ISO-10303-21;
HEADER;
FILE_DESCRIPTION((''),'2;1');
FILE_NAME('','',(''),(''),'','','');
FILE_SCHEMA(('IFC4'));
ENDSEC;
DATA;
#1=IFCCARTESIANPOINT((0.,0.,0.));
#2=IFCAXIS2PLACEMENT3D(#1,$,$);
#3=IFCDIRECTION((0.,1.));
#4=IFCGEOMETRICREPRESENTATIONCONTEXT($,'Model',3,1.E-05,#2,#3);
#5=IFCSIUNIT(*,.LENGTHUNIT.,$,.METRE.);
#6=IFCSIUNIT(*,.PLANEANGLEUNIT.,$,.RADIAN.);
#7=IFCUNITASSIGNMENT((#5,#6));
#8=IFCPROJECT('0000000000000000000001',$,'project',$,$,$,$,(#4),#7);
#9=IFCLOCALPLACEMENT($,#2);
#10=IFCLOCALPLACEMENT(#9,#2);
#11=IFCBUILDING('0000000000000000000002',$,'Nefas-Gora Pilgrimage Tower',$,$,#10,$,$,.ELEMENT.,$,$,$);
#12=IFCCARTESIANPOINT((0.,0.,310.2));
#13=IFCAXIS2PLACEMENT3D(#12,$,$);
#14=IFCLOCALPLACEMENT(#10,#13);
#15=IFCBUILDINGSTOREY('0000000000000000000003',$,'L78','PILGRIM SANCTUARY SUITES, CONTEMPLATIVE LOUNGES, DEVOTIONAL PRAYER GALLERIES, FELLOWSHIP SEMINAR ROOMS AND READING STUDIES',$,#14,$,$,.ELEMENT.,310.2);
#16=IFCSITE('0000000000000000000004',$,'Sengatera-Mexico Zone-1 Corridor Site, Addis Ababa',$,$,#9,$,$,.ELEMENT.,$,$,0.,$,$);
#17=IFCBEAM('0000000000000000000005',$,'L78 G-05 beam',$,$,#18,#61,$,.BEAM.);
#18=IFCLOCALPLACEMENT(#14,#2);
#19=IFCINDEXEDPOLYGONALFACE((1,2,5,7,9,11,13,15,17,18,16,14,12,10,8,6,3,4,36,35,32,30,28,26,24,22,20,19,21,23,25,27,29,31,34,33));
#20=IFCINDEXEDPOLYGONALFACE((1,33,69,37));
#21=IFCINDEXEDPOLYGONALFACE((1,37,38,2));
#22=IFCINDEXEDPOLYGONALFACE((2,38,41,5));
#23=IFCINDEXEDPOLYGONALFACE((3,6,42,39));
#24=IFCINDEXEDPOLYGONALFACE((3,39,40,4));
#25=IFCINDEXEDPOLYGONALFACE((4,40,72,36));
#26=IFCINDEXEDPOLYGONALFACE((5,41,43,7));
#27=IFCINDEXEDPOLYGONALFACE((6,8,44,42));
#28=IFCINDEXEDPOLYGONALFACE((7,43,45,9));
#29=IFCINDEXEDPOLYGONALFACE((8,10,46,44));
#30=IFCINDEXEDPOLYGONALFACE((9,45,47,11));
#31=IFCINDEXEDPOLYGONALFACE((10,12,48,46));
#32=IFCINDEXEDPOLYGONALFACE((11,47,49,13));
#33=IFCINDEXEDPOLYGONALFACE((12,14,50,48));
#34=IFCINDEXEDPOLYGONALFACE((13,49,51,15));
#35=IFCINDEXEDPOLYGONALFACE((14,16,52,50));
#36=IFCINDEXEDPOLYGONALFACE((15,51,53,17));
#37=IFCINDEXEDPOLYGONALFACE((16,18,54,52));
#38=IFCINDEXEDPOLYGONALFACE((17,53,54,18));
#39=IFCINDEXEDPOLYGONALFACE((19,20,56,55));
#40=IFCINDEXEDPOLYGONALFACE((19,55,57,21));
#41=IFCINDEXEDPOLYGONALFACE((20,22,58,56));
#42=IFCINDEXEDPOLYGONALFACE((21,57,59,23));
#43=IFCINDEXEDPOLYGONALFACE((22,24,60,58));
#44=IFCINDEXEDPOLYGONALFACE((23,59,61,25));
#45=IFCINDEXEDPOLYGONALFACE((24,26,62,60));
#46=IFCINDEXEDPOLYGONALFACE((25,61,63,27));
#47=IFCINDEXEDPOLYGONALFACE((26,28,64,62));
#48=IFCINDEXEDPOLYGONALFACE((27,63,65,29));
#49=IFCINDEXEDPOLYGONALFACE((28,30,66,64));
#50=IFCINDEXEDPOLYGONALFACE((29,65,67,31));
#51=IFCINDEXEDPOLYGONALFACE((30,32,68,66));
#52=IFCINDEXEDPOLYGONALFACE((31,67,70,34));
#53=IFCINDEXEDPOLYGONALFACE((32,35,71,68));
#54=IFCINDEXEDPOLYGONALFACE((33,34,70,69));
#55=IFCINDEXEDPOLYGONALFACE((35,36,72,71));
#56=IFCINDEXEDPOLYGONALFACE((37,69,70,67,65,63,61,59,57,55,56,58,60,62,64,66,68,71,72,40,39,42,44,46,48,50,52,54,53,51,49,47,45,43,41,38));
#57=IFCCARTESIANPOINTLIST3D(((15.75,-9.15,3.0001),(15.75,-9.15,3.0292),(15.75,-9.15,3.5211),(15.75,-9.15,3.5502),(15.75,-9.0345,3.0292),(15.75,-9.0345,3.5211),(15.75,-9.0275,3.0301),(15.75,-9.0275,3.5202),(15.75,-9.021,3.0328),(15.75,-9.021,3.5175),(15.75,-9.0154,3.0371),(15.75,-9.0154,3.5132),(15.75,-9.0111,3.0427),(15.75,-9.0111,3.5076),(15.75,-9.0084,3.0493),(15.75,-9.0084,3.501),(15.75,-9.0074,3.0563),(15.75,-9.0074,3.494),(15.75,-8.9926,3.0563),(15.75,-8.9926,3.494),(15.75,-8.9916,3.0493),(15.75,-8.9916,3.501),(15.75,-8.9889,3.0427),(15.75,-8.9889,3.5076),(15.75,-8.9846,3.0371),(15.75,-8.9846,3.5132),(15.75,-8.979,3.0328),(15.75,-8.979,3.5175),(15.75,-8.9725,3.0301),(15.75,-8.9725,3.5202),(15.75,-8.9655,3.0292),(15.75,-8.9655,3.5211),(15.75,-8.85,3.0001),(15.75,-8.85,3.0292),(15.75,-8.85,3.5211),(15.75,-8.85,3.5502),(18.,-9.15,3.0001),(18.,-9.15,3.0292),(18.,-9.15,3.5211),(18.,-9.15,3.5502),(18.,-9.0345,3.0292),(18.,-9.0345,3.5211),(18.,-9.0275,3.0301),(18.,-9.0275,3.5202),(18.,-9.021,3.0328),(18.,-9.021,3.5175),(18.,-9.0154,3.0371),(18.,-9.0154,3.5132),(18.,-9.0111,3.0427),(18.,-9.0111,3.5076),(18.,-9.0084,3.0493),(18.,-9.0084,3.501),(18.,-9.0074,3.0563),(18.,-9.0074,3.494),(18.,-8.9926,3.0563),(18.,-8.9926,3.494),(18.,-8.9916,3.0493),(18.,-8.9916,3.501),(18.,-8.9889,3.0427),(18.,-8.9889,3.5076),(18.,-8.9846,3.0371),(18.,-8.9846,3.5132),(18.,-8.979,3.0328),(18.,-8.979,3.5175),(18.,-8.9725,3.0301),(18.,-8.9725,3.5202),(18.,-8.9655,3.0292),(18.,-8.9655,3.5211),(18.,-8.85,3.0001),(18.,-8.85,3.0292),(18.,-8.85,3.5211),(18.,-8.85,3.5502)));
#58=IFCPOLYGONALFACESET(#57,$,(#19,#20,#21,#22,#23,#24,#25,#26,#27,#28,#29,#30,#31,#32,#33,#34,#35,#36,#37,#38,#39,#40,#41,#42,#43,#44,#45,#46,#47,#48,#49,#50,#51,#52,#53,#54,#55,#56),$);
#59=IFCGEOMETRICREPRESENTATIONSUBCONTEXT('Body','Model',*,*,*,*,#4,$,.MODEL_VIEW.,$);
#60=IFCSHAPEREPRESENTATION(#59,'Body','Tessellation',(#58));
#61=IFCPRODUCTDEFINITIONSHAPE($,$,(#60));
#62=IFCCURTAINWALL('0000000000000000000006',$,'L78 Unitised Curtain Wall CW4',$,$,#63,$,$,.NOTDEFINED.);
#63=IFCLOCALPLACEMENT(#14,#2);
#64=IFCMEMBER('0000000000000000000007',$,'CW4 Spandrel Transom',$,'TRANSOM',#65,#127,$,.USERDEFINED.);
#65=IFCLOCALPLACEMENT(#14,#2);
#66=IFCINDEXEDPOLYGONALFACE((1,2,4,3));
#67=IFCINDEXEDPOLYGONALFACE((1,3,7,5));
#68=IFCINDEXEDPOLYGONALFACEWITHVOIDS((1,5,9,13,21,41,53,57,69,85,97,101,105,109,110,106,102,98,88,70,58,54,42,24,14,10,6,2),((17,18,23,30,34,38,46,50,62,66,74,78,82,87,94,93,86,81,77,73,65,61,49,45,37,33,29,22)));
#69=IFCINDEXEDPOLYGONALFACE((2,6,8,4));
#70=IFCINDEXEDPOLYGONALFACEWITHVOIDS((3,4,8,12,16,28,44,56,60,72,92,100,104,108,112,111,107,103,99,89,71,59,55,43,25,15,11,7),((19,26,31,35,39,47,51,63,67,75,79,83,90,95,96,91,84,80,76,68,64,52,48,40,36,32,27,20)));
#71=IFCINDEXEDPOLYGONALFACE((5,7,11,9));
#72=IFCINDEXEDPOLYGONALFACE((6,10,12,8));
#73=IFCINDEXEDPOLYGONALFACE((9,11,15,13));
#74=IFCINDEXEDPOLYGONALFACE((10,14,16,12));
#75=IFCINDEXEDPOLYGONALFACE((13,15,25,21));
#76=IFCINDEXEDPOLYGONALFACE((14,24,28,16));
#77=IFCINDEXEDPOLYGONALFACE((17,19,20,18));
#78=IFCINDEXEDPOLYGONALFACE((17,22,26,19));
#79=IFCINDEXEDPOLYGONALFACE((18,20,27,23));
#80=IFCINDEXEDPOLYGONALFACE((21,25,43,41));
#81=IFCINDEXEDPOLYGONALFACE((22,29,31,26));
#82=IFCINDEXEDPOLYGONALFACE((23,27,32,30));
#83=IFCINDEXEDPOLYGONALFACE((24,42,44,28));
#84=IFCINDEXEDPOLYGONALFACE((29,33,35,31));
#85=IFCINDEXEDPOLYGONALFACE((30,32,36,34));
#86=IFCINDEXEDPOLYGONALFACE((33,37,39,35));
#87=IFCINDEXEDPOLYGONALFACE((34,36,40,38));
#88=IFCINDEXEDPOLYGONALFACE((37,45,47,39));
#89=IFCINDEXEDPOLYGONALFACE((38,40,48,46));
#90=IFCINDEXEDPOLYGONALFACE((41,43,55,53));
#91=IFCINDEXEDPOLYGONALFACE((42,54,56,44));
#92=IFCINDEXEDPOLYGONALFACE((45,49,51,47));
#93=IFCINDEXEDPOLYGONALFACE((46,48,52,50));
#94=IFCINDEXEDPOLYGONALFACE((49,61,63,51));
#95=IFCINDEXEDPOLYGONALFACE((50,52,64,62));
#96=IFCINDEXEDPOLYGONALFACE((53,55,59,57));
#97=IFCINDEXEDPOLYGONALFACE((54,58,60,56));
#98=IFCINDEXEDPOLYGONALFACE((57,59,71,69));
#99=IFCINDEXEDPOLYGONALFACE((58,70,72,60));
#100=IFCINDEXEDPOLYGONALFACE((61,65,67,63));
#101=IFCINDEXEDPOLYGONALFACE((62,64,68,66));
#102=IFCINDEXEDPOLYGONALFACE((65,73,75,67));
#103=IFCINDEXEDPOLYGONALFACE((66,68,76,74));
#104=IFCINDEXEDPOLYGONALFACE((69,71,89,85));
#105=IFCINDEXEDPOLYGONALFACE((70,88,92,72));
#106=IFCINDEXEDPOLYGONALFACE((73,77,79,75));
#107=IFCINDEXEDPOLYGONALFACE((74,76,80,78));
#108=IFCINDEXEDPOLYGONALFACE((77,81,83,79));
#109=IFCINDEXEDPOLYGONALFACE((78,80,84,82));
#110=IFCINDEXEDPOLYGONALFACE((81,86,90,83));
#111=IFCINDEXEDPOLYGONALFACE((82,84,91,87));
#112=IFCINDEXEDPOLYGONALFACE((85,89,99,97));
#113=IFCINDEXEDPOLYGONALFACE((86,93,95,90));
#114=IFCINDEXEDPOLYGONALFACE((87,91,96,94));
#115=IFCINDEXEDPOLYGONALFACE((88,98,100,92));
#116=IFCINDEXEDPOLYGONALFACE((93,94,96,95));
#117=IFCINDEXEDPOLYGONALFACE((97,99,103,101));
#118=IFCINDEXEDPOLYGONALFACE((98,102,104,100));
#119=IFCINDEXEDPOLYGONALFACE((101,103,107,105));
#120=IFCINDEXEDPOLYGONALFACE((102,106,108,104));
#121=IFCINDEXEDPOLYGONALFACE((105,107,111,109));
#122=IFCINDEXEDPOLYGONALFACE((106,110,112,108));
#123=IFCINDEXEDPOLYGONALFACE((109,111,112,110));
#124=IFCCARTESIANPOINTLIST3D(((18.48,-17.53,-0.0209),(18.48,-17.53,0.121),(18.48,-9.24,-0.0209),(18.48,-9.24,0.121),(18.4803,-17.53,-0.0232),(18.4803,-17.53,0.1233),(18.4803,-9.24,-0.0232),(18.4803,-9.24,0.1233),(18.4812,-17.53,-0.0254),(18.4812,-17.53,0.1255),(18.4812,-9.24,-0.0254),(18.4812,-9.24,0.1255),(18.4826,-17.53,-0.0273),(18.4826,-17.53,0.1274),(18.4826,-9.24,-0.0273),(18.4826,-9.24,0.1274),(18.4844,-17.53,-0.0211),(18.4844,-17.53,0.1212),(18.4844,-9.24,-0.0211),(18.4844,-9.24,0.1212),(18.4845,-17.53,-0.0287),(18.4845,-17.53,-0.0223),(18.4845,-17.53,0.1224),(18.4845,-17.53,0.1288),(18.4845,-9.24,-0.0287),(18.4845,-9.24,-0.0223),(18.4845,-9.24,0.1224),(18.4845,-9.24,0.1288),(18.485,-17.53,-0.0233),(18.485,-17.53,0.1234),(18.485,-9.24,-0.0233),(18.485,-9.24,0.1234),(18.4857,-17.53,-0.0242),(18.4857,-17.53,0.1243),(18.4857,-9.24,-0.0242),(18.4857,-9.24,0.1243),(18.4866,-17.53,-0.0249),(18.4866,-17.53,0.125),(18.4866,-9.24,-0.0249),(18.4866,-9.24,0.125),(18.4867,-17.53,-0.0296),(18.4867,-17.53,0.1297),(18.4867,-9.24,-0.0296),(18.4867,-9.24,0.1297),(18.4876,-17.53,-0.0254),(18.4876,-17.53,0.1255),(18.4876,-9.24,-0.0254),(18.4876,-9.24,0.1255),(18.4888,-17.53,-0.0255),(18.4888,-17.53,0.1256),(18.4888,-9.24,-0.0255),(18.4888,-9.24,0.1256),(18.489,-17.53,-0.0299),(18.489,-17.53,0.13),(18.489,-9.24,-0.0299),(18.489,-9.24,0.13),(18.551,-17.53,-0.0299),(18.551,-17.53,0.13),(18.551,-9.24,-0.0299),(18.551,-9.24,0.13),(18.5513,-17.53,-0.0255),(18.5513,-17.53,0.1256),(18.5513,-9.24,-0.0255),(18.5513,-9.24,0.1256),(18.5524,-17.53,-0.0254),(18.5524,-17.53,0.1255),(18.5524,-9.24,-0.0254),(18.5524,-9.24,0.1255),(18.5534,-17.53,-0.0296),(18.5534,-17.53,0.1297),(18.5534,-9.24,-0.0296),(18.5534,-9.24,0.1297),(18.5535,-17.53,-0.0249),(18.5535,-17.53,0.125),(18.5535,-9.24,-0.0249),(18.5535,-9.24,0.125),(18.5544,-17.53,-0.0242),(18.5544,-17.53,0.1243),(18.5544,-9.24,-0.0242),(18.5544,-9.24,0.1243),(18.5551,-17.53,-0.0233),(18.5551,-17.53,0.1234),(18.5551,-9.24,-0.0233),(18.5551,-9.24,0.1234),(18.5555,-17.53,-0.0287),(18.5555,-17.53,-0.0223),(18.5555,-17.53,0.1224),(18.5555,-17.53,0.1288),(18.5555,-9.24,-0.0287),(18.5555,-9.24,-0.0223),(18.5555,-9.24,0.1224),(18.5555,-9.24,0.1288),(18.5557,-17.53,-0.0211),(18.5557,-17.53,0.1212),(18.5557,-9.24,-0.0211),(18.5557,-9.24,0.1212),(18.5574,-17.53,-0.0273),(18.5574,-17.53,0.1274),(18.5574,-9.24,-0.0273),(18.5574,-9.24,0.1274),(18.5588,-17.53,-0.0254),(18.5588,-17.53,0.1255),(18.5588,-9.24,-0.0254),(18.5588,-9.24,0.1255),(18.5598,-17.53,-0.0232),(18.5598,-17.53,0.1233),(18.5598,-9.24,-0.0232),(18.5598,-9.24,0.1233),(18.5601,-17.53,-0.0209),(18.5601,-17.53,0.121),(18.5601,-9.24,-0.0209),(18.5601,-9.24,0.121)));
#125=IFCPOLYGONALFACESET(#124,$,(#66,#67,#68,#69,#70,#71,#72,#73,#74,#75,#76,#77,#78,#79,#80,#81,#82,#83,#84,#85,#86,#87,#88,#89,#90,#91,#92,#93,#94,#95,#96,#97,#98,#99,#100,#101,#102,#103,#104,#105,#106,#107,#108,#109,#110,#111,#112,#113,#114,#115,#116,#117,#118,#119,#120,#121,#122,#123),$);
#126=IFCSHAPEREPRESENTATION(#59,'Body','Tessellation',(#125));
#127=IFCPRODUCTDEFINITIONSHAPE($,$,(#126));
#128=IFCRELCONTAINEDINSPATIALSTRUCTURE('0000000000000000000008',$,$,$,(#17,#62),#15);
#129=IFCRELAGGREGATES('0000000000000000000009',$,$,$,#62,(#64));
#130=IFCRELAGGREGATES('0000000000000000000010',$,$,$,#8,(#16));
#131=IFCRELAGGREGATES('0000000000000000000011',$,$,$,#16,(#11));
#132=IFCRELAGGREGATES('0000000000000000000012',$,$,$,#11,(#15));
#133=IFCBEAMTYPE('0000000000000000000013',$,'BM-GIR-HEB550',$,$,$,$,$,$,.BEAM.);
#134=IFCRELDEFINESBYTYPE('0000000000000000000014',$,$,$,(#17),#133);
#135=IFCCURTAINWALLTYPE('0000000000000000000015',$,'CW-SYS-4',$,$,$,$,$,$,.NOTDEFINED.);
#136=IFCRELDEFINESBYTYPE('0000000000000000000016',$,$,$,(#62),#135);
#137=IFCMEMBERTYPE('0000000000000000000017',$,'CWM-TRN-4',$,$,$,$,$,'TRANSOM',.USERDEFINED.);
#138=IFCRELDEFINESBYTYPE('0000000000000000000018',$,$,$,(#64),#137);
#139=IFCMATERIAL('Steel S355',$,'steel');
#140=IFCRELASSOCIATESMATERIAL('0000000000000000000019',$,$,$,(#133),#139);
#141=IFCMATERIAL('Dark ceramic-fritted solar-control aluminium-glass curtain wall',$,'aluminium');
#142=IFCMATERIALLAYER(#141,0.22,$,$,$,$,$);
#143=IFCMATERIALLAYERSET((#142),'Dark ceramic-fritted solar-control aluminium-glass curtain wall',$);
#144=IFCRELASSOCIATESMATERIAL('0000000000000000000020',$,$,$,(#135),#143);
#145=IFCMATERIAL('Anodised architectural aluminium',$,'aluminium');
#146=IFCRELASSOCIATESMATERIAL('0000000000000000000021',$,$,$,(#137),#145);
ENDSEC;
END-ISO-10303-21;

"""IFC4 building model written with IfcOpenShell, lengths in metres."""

from ifc_helpers import new_model, si_unit, direction, frame, origin, origin_2d, place, context, subcontext, project, spatial, hollow_rectangle, i_section, extrude, source, transform, mapped, material, layer, layer_set, material_profile, profile_set, type_object, element, aggregate, save


model = new_model("IFC4")

# Units and contexts
model_context = context("Model", 3, precision=1e-05, world=origin(), true_north=direction((0.0, 1.0)))
body_context = subcontext(model_context, "Body", "Model", "MODEL_VIEW")
ifc_project = project(units=[si_unit("LENGTHUNIT", "METRE"), si_unit("PLANEANGLEUNIT", "RADIAN")], contexts=[model_context])

# Site, building, storey
site_placement = place(None, origin())
site = spatial("IfcSite", under=ifc_project, at=site_placement, Name="Sengatera-Mexico Zone-1 Corridor Site, Addis Ababa", CompositionType="ELEMENT", RefElevation=0.0)
building_placement = place(site_placement, origin())
building = spatial("IfcBuilding", under=site, at=building_placement, Name="Nefas-Gora Pilgrimage Tower", CompositionType="ELEMENT")
storey_placement = place(building_placement, frame((0.0, 0.0, 310.2)))
storey = spatial("IfcBuildingStorey", under=building, at=storey_placement, Name="L78", Description="PILGRIM SANCTUARY SUITES, CONTEMPLATIVE LOUNGES, DEVOTIONAL PRAYER GALLERIES, FELLOWSHIP SEMINAR ROOMS AND READING STUDIES", CompositionType="ELEMENT", Elevation=310.2)

# Shared definitions
ifc_material_1 = material(Name="Steel S355", Category="steel")

# Beam
ifc_material_profile_1 = material_profile(ifc_material_1, i_section(OverallWidth=0.3, OverallDepth=0.55, WebThickness=0.0149, FlangeThickness=0.0291, FilletRadius=0.0271, at=origin_2d()), Name="HEB 550")
ifc_profile_set_1 = profile_set([ifc_material_profile_1], Name="Steel S355")
beam_type_1 = type_object("IfcBeamType", Name="BM-GIR-HEB550", PredefinedType="BEAM", material=ifc_profile_set_1)
shared_shape_1 = source(origin(), body_context, "Body", "SweptSolid", [
    extrude(i_section(OverallWidth=0.3, OverallDepth=0.55, WebThickness=0.0149, FlangeThickness=0.0291, FilletRadius=0.0271, at=origin_2d()), origin(), (0.0, 0.0, 1.0), 2.25),
])
for number, where, z_axis, x_axis, name in (
    (1, (15.75, -9.0, 3.2751), (1.0, 0.0, 0.0), (0.0, 1.0, 0.0), "L78 G-05 beam"),
):
    element("IfcBeam", number, at=place(storey_placement, frame(where, z_axis=z_axis, x_axis=x_axis)), inside=storey, type_object=beam_type_1, Name=name, PredefinedType="BEAM", context=body_context, shape_type="MappedRepresentation", body=[
        mapped(shared_shape_1, transform((0.0, 0.0, 0.0), x_axis=(1.0, 0.0, 0.0), y_axis=(0.0, 1.0, 0.0), z_axis=(0.0, 0.0, 1.0), scale=1.0)),
    ])

# Curtain wall, member
ifc_material_2 = material(Name="Dark ceramic-fritted solar-control aluminium-glass curtain wall", Category="aluminium")
ifc_layer_1 = layer(ifc_material_2, 0.22)
ifc_layer_set_1 = layer_set([ifc_layer_1], Name="Dark ceramic-fritted solar-control aluminium-glass curtain wall")
curtain_wall_type = type_object("IfcCurtainWallType", Name="CW-SYS-4", PredefinedType="NOTDEFINED", material=ifc_layer_set_1)
curtain_wall_1_placement = place(storey_placement, origin())
curtain_wall_1 = element("IfcCurtainWall", 2, at=curtain_wall_1_placement, inside=storey, type_object=curtain_wall_type, Name="L78 Unitised Curtain Wall CW4", PredefinedType="NOTDEFINED")
ifc_material_3 = material(Name="Anodised architectural aluminium", Category="aluminium")
ifc_material_profile_2 = material_profile(ifc_material_3, hollow_rectangle(XDim=0.0801, YDim=0.1599, WallThickness=0.0044, InnerFilletRadius=0.0044, OuterFilletRadius=0.009, at=origin_2d()), Name="ALU TRANSOM 80x160")
ifc_profile_set_2 = profile_set([ifc_material_profile_2], Name="Anodised architectural aluminium")
member_type_1 = type_object("IfcMemberType", Name="CWM-TRN-4", ElementType="TRANSOM", PredefinedType="USERDEFINED", material=ifc_profile_set_2)
shared_shape_2 = source(origin(), body_context, "Body", "SweptSolid", [
    extrude(hollow_rectangle(XDim=0.0801, YDim=0.1599, WallThickness=0.0044, InnerFilletRadius=0.0044, OuterFilletRadius=0.009, at=origin_2d()), origin(), (0.0, 0.0, 1.0), 8.29),
])
member_1_placement = place(storey_placement, frame((18.52, -17.53, 0.05), z_axis=(0.0, 1.0, 0.0), x_axis=(-1.0, 0.0, 0.0)))
member_1 = element("IfcMember", 3, at=member_1_placement, type_object=member_type_1, Name="CW4 Spandrel Transom", ObjectType="TRANSOM", PredefinedType="USERDEFINED", context=body_context, shape_type="MappedRepresentation", body=[
    mapped(shared_shape_2, transform((0.0, 0.0, 0.0), x_axis=(1.0, 0.0, 0.0), y_axis=(0.0, 1.0, 0.0), z_axis=(0.0, 0.0, 1.0), scale=1.0)),
])

aggregate(curtain_wall_1, [member_1])

save(model, "model.ifc")
